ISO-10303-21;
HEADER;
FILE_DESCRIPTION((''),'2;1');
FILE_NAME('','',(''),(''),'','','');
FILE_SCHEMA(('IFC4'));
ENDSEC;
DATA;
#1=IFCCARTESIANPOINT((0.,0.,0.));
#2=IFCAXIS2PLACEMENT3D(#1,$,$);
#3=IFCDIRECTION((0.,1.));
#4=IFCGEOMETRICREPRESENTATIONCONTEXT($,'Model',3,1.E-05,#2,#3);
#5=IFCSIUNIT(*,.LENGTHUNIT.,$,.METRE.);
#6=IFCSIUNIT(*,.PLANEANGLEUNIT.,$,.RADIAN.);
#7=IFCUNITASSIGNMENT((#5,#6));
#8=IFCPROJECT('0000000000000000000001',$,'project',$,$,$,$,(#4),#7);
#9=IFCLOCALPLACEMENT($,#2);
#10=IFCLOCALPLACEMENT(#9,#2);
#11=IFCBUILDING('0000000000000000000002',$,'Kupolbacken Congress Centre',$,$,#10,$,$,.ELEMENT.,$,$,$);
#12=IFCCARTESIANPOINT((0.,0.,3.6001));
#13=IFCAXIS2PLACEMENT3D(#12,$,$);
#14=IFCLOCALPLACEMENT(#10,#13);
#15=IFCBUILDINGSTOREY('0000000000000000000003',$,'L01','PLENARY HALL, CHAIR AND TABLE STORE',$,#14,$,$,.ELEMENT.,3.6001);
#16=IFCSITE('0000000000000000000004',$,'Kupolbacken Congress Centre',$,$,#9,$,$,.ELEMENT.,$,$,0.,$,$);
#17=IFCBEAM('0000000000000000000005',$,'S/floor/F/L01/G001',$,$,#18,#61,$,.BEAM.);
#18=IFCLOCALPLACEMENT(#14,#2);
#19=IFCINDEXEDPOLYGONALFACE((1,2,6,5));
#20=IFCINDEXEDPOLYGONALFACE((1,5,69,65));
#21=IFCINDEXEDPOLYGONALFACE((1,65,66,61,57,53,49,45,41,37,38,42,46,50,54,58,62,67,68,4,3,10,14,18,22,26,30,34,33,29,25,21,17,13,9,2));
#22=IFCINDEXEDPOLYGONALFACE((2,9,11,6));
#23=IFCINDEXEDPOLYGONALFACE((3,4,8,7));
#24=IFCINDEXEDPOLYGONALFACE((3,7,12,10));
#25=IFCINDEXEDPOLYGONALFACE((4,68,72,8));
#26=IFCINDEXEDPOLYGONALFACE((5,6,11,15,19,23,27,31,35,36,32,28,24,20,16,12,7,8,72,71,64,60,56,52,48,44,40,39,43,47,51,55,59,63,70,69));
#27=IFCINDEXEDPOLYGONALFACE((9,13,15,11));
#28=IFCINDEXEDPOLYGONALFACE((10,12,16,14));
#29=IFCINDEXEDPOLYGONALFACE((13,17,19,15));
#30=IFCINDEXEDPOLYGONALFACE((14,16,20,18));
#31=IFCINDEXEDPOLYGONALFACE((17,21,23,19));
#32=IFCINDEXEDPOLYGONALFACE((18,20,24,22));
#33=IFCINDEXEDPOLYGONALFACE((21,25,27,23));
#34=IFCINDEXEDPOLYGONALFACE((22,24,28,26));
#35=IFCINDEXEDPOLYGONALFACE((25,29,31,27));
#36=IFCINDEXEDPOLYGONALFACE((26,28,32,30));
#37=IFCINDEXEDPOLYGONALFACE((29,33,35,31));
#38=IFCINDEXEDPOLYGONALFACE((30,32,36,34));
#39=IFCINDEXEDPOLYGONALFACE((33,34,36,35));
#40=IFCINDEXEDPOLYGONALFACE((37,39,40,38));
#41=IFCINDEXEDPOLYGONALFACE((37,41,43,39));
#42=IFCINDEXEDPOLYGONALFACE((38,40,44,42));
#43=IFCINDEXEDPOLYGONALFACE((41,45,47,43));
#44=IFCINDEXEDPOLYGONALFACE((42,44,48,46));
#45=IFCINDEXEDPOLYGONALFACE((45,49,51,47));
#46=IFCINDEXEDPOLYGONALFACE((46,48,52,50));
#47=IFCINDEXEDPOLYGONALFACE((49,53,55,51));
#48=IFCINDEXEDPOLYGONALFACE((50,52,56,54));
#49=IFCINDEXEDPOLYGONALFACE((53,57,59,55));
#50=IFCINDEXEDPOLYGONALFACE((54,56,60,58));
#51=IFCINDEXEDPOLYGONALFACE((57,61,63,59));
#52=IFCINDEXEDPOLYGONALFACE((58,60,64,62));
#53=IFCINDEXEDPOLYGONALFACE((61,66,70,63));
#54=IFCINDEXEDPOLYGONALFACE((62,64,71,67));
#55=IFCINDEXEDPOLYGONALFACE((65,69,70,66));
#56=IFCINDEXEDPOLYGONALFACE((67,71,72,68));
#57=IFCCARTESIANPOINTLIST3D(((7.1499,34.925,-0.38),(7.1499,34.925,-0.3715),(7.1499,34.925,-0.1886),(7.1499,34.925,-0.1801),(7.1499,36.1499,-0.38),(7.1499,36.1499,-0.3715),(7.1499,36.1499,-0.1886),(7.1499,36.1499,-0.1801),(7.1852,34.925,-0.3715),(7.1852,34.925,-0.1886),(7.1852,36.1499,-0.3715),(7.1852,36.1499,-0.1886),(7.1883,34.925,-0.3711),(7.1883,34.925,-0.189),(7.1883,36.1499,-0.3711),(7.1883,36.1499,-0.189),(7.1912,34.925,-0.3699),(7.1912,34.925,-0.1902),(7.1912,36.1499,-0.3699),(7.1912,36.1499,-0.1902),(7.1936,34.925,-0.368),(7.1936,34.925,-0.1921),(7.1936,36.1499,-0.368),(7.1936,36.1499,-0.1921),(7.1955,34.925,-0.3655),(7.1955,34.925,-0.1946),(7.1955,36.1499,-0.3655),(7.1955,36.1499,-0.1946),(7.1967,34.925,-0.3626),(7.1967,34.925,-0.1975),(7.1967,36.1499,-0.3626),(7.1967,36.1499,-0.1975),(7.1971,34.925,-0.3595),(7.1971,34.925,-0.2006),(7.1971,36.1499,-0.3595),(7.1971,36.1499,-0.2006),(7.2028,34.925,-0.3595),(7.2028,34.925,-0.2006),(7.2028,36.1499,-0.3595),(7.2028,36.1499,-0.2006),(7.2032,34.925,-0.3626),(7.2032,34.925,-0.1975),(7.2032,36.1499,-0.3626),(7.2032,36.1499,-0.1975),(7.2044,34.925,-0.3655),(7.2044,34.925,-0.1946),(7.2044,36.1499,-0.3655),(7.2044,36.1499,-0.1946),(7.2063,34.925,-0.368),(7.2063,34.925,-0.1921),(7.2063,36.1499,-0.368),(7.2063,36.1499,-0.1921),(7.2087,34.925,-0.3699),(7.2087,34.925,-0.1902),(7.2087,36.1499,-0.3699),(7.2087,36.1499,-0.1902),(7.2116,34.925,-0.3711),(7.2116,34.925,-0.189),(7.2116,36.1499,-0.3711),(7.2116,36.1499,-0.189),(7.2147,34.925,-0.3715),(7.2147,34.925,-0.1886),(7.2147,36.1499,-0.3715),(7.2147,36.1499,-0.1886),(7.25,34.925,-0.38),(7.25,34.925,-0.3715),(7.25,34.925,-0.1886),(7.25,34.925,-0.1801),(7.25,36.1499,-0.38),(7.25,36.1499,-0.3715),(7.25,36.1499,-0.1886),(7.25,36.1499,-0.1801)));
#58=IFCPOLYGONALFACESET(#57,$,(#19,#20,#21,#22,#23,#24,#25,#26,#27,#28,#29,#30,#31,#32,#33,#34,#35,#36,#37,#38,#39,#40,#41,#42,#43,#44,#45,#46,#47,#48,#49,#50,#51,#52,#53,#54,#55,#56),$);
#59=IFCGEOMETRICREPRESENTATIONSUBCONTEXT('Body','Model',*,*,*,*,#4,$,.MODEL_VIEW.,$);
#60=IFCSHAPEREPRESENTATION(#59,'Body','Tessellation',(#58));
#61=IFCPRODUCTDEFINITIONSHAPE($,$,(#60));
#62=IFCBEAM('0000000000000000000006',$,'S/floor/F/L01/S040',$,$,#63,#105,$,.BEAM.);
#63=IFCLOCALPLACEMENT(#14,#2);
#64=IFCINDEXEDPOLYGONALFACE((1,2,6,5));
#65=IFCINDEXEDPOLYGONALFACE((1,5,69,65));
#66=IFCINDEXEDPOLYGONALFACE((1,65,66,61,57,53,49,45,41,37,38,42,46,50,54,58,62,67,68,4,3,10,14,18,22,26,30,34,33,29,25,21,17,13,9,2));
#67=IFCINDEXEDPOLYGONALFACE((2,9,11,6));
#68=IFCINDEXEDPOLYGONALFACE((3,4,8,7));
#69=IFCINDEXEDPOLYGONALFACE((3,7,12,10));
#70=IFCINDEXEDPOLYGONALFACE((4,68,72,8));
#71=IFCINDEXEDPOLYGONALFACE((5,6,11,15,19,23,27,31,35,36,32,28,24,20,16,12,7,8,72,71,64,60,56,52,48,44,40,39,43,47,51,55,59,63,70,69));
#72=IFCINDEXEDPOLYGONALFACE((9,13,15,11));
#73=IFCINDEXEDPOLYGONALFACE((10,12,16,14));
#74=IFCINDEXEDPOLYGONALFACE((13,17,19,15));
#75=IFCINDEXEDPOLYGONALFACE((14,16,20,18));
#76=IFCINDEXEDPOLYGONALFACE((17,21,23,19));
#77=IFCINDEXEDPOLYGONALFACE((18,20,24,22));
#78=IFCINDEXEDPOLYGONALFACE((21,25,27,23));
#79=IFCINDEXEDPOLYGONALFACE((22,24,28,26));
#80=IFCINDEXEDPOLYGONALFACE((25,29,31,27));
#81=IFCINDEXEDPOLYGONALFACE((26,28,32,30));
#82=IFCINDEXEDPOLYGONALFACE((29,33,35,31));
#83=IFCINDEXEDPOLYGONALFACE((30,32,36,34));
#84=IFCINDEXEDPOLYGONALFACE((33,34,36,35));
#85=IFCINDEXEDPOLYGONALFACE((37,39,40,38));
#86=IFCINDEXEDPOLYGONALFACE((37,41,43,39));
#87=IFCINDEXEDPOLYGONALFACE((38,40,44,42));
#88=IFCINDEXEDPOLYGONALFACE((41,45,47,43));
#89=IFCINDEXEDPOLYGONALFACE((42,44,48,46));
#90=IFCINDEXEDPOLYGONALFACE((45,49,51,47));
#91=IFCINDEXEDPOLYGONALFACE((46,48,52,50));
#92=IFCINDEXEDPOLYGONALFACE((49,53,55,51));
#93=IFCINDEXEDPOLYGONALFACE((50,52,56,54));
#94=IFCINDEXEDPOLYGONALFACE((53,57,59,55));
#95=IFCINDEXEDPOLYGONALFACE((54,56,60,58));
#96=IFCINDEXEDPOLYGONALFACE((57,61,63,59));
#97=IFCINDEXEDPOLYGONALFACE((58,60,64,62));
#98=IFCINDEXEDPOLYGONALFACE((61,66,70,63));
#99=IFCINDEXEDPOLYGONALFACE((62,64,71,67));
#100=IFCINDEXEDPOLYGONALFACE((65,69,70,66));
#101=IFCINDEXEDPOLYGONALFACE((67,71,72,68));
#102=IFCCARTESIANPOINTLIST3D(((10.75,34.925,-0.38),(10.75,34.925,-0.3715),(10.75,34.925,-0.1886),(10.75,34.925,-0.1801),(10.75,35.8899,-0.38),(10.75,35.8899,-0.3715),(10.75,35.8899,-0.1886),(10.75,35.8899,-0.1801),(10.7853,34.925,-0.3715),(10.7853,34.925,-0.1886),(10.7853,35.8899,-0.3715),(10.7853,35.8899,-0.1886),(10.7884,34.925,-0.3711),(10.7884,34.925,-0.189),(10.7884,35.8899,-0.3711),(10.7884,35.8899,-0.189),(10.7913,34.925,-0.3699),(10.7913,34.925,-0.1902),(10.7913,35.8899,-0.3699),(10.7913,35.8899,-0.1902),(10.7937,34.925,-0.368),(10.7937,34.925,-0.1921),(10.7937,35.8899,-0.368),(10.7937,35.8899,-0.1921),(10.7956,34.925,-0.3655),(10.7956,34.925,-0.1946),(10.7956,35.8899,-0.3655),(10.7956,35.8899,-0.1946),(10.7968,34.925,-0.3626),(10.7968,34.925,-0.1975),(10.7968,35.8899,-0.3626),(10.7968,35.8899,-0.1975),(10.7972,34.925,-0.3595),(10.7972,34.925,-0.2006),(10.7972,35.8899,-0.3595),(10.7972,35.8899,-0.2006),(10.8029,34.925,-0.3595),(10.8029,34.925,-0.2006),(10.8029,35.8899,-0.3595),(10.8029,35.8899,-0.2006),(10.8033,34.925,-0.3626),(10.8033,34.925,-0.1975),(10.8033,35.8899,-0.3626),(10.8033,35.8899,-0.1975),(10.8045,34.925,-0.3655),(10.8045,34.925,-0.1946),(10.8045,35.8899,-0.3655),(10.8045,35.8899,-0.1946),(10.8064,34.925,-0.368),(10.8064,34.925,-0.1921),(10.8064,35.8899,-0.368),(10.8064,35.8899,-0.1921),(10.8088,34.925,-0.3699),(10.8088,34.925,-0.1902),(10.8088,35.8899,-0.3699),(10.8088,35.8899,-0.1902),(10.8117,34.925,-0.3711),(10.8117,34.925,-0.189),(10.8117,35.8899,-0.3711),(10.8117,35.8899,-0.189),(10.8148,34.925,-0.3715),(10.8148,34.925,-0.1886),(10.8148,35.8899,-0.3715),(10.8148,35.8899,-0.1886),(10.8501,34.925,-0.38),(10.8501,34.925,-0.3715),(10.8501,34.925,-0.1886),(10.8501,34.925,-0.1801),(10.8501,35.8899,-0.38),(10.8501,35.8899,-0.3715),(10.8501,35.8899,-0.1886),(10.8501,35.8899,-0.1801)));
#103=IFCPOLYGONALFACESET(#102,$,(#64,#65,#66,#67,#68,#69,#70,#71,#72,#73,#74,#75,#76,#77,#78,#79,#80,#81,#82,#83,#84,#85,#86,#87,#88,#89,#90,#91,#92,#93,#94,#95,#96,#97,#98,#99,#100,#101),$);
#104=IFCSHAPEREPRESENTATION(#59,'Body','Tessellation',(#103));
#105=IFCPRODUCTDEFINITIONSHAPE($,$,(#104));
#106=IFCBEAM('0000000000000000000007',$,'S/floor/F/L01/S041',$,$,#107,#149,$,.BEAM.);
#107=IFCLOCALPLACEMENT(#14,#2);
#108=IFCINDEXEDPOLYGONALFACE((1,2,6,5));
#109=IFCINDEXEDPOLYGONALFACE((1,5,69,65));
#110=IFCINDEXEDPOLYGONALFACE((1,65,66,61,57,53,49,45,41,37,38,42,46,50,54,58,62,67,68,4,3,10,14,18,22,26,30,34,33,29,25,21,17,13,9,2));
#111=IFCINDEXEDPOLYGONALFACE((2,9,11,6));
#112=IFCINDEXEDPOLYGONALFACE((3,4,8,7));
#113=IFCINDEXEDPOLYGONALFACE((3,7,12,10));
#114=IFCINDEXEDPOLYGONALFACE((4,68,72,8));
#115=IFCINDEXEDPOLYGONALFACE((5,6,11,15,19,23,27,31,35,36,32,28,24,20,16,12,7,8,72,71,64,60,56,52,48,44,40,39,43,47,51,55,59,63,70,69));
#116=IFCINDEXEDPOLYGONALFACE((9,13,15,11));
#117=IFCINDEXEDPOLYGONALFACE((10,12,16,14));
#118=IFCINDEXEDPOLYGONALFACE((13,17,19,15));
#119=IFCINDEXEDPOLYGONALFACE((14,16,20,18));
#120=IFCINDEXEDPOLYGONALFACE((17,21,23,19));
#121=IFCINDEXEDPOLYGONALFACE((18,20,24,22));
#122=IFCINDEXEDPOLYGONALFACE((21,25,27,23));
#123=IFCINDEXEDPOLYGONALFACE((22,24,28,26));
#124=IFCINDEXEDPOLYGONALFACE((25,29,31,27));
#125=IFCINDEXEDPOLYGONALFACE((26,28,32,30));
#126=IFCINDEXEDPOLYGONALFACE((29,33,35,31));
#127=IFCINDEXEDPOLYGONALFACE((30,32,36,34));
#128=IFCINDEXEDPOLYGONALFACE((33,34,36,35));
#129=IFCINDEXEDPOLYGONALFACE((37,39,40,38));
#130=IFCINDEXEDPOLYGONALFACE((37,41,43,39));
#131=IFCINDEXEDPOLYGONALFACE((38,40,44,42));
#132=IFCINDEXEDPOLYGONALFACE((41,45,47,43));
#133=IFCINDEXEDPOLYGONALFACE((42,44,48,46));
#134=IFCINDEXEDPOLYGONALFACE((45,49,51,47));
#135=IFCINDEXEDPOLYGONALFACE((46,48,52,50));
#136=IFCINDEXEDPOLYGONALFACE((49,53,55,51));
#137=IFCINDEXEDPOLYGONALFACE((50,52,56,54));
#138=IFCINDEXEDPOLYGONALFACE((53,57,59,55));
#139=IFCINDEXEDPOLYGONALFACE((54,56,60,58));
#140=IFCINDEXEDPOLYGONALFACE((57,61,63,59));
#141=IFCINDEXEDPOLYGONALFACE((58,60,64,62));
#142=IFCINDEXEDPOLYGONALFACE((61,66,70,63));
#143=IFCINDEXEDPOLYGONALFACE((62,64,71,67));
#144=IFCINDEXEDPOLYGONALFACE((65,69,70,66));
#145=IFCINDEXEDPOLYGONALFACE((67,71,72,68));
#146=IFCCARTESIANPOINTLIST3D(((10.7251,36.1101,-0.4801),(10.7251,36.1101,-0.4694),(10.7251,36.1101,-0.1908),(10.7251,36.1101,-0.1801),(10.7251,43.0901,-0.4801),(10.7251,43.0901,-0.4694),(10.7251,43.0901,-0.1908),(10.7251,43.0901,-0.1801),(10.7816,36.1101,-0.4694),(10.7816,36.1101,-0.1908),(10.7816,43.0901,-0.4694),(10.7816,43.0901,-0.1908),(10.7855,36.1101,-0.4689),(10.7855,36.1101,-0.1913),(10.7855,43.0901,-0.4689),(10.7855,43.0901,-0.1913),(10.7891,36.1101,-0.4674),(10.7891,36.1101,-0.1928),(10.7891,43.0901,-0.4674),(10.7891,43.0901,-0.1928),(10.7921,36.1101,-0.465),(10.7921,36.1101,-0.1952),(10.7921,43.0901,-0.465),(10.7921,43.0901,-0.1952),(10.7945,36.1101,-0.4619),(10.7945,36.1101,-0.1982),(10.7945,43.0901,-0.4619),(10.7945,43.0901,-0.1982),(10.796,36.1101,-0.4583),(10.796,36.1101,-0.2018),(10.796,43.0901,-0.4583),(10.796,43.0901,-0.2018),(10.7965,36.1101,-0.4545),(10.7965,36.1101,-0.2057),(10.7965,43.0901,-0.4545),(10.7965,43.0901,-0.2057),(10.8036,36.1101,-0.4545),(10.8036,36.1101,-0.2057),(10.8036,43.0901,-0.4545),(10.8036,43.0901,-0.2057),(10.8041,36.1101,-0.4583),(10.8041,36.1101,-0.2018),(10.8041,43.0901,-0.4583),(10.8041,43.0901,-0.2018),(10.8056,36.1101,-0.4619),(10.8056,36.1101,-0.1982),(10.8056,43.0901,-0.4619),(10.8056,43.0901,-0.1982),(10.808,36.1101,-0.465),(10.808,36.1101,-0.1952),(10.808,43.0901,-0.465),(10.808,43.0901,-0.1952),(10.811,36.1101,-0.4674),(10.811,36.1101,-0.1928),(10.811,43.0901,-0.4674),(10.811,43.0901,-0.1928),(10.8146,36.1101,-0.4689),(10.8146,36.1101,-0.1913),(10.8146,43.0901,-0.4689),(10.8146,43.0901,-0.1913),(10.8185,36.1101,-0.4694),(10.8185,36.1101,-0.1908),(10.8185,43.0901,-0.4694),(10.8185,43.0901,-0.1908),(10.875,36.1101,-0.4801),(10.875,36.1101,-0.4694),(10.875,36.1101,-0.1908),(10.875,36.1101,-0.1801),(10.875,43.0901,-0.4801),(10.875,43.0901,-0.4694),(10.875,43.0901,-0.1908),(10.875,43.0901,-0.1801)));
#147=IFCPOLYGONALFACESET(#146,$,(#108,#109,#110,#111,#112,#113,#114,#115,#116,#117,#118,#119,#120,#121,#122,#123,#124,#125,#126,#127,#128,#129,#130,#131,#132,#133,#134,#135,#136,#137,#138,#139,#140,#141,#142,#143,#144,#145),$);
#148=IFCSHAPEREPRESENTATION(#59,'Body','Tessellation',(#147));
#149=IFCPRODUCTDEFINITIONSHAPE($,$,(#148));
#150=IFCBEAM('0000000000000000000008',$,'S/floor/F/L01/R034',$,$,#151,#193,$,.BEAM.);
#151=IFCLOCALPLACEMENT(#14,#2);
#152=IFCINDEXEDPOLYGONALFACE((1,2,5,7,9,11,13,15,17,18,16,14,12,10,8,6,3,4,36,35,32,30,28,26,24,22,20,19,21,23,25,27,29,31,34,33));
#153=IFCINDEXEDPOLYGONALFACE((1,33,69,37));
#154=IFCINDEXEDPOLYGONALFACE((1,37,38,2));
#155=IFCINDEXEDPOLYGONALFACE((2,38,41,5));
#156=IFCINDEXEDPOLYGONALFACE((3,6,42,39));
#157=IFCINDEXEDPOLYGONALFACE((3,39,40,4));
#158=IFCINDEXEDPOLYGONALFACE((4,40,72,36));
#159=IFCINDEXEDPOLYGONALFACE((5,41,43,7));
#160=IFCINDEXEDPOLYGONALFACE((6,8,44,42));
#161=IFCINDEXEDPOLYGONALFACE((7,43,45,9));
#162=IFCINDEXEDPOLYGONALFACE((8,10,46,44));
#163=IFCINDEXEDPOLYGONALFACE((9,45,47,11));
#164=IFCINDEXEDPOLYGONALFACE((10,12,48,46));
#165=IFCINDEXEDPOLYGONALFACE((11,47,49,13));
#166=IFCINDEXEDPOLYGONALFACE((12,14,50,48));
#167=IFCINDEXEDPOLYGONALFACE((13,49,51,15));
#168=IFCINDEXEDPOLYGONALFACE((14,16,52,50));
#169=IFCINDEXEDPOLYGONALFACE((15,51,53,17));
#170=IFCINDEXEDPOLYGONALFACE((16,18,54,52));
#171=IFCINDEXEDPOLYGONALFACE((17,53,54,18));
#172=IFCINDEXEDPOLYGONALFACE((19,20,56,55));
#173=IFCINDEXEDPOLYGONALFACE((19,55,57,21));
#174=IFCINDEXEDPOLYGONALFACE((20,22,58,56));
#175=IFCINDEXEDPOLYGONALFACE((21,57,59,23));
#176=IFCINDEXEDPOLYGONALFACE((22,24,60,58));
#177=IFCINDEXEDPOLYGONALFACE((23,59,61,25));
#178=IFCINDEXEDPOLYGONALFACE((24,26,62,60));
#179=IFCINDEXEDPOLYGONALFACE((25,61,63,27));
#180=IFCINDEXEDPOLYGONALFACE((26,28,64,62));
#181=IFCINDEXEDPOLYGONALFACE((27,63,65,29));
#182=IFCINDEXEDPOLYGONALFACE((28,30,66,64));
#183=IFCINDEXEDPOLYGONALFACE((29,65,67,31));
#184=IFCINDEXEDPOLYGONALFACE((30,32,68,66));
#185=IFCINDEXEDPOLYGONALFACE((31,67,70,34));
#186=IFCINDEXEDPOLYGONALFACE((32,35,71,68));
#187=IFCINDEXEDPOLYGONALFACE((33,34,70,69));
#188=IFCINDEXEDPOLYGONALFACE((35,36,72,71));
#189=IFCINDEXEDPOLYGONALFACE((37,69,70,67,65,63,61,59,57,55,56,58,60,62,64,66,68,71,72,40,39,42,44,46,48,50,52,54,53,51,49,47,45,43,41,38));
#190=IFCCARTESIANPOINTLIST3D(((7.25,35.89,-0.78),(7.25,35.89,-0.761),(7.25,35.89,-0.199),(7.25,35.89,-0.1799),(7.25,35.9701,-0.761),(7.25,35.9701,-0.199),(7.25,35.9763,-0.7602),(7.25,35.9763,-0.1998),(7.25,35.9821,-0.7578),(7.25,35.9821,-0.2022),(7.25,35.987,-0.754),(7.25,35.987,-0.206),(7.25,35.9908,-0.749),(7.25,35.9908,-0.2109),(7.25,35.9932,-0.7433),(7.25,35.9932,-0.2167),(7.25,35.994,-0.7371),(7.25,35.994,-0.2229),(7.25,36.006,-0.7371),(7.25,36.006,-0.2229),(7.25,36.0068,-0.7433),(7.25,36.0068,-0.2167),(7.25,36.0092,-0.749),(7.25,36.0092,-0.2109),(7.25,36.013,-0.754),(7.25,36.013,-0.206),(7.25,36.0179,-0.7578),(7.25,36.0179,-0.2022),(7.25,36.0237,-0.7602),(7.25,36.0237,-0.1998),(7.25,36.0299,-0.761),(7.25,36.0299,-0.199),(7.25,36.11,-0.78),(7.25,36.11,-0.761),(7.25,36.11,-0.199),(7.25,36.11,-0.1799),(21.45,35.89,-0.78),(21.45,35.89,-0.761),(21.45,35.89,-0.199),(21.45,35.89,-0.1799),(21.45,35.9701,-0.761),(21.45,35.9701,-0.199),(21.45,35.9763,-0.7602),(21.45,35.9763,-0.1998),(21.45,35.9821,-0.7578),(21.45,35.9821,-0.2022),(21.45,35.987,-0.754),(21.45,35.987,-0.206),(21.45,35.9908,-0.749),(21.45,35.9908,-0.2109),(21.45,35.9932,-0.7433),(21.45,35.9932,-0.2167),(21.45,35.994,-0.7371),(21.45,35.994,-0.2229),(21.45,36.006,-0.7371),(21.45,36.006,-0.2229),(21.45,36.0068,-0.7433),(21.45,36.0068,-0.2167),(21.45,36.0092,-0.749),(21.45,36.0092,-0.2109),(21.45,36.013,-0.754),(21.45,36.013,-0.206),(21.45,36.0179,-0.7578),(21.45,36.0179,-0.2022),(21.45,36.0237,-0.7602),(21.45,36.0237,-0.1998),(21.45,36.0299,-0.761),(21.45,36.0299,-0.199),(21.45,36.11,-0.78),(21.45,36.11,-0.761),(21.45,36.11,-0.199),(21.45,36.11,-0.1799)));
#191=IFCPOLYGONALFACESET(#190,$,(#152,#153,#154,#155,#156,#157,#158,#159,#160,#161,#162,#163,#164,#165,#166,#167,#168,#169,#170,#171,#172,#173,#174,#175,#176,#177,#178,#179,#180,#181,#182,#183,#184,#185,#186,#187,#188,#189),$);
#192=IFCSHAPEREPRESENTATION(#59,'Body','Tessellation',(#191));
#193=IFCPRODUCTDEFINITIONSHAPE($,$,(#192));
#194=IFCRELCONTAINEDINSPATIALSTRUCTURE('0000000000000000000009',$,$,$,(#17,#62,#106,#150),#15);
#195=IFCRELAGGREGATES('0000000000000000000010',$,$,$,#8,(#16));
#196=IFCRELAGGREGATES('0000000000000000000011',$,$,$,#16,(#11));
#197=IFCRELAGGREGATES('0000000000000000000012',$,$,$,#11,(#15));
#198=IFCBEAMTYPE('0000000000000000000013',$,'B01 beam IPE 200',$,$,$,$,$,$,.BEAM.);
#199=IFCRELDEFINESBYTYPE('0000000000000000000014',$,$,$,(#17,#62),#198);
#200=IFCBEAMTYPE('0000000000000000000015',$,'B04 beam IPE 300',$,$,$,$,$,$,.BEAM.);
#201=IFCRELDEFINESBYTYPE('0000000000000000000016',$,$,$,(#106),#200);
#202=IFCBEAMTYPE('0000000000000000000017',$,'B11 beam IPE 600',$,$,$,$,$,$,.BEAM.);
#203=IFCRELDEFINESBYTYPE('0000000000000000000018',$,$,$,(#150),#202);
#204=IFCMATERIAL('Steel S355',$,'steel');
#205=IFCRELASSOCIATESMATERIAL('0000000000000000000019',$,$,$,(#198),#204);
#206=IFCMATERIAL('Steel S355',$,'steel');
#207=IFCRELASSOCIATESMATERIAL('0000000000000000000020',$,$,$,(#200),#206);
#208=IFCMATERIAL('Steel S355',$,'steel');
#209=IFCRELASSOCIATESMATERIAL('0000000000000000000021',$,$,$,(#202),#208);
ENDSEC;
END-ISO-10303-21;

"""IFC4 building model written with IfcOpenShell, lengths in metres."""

from ifc_helpers import new_model, si_unit, direction, frame, origin, origin_2d, place, context, subcontext, project, spatial, i_section, extrude, material, material_profile, profile_set, type_object, element, save


model = new_model("IFC4")

# Units and contexts
model_context = context("Model", 3, precision=1e-05, world=origin(), true_north=direction((0.0, 1.0)))
body_context = subcontext(model_context, "Body", "Model", "MODEL_VIEW")
ifc_project = project(units=[si_unit("LENGTHUNIT", "METRE"), si_unit("PLANEANGLEUNIT", "RADIAN")], contexts=[model_context])

# Site, building, storey
site_placement = place(None, origin())
site = spatial("IfcSite", under=ifc_project, at=site_placement, Name="Kupolbacken Congress Centre", CompositionType="ELEMENT", RefElevation=0.0)
building_placement = place(site_placement, origin())
building = spatial("IfcBuilding", under=site, at=building_placement, Name="Kupolbacken Congress Centre", CompositionType="ELEMENT")
storey_placement = place(building_placement, frame((0.0, 0.0, 3.6001)))
storey = spatial("IfcBuildingStorey", under=building, at=storey_placement, Name="L01", Description="PLENARY HALL, CHAIR AND TABLE STORE", CompositionType="ELEMENT", Elevation=3.6001)

# Beams
ifc_material_1 = material(Name="Steel S355", Category="steel")
ifc_material_profile_1 = material_profile(ifc_material_1, i_section(OverallWidth=0.1001, OverallDepth=0.2, WebThickness=0.0056, FlangeThickness=0.0085, FilletRadius=0.012, at=origin_2d()), Name="IPE 200")
ifc_profile_set_1 = profile_set([ifc_material_profile_1], Name="Steel S355")
beam_type_1 = type_object("IfcBeamType", Name="B01 beam IPE 200", PredefinedType="BEAM", material=ifc_profile_set_1)
beam_1_placement = place(storey_placement, frame((7.2, 34.925, -0.28), z_axis=(0.0, 1.0, 0.0), x_axis=(-1.0, 0.0, 0.0)))
element("IfcBeam", 1, at=beam_1_placement, inside=storey, type_object=beam_type_1, Name="S/floor/F/L01/G001", PredefinedType="BEAM", context=body_context, shape_type="SweptSolid", body=[
    extrude(i_section(OverallWidth=0.1001, OverallDepth=0.2, WebThickness=0.0056, FlangeThickness=0.0085, FilletRadius=0.012, at=origin_2d()), origin(), (0.0, 0.0, 1.0), 1.2249),
])
beam_2_placement = place(storey_placement, frame((10.8, 34.925, -0.28), z_axis=(0.0, 1.0, 0.0), x_axis=(-1.0, 0.0, 0.0)))
element("IfcBeam", 2, at=beam_2_placement, inside=storey, type_object=beam_type_1, Name="S/floor/F/L01/S040", PredefinedType="BEAM", context=body_context, shape_type="SweptSolid", body=[
    extrude(i_section(OverallWidth=0.1001, OverallDepth=0.2, WebThickness=0.0056, FlangeThickness=0.0085, FilletRadius=0.012, at=origin_2d()), origin(), (0.0, 0.0, 1.0), 0.9648),
])
ifc_material_2 = material(Name="Steel S355", Category="steel")
ifc_material_profile_2 = material_profile(ifc_material_2, i_section(OverallWidth=0.1499, OverallDepth=0.3, WebThickness=0.0071, FlangeThickness=0.0107, FilletRadius=0.0149, at=origin_2d()), Name="IPE 300")
ifc_profile_set_2 = profile_set([ifc_material_profile_2], Name="Steel S355")
beam_type_2 = type_object("IfcBeamType", Name="B04 beam IPE 300", PredefinedType="BEAM", material=ifc_profile_set_2)
beam_3_placement = place(storey_placement, frame((10.8, 36.1101, -0.3301), z_axis=(0.0, 1.0, 0.0), x_axis=(-1.0, 0.0, 0.0)))
element("IfcBeam", 3, at=beam_3_placement, inside=storey, type_object=beam_type_2, Name="S/floor/F/L01/S041", PredefinedType="BEAM", context=body_context, shape_type="SweptSolid", body=[
    extrude(i_section(OverallWidth=0.1499, OverallDepth=0.3, WebThickness=0.0071, FlangeThickness=0.0107, FilletRadius=0.0149, at=origin_2d()), origin(), (0.0, 0.0, 1.0), 6.98),
])
ifc_material_3 = material(Name="Steel S355", Category="steel")
ifc_material_profile_3 = material_profile(ifc_material_3, i_section(OverallWidth=0.22, OverallDepth=0.6001, WebThickness=0.012, FlangeThickness=0.019, FilletRadius=0.0239, at=origin_2d()), Name="IPE 600")
ifc_profile_set_3 = profile_set([ifc_material_profile_3], Name="Steel S355")
beam_type_3 = type_object("IfcBeamType", Name="B11 beam IPE 600", PredefinedType="BEAM", material=ifc_profile_set_3)
beam_4_placement = place(storey_placement, frame((7.25, 36.0, -0.48), z_axis=(1.0, 0.0, 0.0), x_axis=(0.0, 1.0, 0.0)))
element("IfcBeam", 4, at=beam_4_placement, inside=storey, type_object=beam_type_3, Name="S/floor/F/L01/R034", PredefinedType="BEAM", context=body_context, shape_type="SweptSolid", body=[
    extrude(i_section(OverallWidth=0.22, OverallDepth=0.6001, WebThickness=0.012, FlangeThickness=0.019, FilletRadius=0.0239, at=origin_2d()), origin(), (0.0, 0.0, 1.0), 14.2),
])

save(model, "model.ifc")
